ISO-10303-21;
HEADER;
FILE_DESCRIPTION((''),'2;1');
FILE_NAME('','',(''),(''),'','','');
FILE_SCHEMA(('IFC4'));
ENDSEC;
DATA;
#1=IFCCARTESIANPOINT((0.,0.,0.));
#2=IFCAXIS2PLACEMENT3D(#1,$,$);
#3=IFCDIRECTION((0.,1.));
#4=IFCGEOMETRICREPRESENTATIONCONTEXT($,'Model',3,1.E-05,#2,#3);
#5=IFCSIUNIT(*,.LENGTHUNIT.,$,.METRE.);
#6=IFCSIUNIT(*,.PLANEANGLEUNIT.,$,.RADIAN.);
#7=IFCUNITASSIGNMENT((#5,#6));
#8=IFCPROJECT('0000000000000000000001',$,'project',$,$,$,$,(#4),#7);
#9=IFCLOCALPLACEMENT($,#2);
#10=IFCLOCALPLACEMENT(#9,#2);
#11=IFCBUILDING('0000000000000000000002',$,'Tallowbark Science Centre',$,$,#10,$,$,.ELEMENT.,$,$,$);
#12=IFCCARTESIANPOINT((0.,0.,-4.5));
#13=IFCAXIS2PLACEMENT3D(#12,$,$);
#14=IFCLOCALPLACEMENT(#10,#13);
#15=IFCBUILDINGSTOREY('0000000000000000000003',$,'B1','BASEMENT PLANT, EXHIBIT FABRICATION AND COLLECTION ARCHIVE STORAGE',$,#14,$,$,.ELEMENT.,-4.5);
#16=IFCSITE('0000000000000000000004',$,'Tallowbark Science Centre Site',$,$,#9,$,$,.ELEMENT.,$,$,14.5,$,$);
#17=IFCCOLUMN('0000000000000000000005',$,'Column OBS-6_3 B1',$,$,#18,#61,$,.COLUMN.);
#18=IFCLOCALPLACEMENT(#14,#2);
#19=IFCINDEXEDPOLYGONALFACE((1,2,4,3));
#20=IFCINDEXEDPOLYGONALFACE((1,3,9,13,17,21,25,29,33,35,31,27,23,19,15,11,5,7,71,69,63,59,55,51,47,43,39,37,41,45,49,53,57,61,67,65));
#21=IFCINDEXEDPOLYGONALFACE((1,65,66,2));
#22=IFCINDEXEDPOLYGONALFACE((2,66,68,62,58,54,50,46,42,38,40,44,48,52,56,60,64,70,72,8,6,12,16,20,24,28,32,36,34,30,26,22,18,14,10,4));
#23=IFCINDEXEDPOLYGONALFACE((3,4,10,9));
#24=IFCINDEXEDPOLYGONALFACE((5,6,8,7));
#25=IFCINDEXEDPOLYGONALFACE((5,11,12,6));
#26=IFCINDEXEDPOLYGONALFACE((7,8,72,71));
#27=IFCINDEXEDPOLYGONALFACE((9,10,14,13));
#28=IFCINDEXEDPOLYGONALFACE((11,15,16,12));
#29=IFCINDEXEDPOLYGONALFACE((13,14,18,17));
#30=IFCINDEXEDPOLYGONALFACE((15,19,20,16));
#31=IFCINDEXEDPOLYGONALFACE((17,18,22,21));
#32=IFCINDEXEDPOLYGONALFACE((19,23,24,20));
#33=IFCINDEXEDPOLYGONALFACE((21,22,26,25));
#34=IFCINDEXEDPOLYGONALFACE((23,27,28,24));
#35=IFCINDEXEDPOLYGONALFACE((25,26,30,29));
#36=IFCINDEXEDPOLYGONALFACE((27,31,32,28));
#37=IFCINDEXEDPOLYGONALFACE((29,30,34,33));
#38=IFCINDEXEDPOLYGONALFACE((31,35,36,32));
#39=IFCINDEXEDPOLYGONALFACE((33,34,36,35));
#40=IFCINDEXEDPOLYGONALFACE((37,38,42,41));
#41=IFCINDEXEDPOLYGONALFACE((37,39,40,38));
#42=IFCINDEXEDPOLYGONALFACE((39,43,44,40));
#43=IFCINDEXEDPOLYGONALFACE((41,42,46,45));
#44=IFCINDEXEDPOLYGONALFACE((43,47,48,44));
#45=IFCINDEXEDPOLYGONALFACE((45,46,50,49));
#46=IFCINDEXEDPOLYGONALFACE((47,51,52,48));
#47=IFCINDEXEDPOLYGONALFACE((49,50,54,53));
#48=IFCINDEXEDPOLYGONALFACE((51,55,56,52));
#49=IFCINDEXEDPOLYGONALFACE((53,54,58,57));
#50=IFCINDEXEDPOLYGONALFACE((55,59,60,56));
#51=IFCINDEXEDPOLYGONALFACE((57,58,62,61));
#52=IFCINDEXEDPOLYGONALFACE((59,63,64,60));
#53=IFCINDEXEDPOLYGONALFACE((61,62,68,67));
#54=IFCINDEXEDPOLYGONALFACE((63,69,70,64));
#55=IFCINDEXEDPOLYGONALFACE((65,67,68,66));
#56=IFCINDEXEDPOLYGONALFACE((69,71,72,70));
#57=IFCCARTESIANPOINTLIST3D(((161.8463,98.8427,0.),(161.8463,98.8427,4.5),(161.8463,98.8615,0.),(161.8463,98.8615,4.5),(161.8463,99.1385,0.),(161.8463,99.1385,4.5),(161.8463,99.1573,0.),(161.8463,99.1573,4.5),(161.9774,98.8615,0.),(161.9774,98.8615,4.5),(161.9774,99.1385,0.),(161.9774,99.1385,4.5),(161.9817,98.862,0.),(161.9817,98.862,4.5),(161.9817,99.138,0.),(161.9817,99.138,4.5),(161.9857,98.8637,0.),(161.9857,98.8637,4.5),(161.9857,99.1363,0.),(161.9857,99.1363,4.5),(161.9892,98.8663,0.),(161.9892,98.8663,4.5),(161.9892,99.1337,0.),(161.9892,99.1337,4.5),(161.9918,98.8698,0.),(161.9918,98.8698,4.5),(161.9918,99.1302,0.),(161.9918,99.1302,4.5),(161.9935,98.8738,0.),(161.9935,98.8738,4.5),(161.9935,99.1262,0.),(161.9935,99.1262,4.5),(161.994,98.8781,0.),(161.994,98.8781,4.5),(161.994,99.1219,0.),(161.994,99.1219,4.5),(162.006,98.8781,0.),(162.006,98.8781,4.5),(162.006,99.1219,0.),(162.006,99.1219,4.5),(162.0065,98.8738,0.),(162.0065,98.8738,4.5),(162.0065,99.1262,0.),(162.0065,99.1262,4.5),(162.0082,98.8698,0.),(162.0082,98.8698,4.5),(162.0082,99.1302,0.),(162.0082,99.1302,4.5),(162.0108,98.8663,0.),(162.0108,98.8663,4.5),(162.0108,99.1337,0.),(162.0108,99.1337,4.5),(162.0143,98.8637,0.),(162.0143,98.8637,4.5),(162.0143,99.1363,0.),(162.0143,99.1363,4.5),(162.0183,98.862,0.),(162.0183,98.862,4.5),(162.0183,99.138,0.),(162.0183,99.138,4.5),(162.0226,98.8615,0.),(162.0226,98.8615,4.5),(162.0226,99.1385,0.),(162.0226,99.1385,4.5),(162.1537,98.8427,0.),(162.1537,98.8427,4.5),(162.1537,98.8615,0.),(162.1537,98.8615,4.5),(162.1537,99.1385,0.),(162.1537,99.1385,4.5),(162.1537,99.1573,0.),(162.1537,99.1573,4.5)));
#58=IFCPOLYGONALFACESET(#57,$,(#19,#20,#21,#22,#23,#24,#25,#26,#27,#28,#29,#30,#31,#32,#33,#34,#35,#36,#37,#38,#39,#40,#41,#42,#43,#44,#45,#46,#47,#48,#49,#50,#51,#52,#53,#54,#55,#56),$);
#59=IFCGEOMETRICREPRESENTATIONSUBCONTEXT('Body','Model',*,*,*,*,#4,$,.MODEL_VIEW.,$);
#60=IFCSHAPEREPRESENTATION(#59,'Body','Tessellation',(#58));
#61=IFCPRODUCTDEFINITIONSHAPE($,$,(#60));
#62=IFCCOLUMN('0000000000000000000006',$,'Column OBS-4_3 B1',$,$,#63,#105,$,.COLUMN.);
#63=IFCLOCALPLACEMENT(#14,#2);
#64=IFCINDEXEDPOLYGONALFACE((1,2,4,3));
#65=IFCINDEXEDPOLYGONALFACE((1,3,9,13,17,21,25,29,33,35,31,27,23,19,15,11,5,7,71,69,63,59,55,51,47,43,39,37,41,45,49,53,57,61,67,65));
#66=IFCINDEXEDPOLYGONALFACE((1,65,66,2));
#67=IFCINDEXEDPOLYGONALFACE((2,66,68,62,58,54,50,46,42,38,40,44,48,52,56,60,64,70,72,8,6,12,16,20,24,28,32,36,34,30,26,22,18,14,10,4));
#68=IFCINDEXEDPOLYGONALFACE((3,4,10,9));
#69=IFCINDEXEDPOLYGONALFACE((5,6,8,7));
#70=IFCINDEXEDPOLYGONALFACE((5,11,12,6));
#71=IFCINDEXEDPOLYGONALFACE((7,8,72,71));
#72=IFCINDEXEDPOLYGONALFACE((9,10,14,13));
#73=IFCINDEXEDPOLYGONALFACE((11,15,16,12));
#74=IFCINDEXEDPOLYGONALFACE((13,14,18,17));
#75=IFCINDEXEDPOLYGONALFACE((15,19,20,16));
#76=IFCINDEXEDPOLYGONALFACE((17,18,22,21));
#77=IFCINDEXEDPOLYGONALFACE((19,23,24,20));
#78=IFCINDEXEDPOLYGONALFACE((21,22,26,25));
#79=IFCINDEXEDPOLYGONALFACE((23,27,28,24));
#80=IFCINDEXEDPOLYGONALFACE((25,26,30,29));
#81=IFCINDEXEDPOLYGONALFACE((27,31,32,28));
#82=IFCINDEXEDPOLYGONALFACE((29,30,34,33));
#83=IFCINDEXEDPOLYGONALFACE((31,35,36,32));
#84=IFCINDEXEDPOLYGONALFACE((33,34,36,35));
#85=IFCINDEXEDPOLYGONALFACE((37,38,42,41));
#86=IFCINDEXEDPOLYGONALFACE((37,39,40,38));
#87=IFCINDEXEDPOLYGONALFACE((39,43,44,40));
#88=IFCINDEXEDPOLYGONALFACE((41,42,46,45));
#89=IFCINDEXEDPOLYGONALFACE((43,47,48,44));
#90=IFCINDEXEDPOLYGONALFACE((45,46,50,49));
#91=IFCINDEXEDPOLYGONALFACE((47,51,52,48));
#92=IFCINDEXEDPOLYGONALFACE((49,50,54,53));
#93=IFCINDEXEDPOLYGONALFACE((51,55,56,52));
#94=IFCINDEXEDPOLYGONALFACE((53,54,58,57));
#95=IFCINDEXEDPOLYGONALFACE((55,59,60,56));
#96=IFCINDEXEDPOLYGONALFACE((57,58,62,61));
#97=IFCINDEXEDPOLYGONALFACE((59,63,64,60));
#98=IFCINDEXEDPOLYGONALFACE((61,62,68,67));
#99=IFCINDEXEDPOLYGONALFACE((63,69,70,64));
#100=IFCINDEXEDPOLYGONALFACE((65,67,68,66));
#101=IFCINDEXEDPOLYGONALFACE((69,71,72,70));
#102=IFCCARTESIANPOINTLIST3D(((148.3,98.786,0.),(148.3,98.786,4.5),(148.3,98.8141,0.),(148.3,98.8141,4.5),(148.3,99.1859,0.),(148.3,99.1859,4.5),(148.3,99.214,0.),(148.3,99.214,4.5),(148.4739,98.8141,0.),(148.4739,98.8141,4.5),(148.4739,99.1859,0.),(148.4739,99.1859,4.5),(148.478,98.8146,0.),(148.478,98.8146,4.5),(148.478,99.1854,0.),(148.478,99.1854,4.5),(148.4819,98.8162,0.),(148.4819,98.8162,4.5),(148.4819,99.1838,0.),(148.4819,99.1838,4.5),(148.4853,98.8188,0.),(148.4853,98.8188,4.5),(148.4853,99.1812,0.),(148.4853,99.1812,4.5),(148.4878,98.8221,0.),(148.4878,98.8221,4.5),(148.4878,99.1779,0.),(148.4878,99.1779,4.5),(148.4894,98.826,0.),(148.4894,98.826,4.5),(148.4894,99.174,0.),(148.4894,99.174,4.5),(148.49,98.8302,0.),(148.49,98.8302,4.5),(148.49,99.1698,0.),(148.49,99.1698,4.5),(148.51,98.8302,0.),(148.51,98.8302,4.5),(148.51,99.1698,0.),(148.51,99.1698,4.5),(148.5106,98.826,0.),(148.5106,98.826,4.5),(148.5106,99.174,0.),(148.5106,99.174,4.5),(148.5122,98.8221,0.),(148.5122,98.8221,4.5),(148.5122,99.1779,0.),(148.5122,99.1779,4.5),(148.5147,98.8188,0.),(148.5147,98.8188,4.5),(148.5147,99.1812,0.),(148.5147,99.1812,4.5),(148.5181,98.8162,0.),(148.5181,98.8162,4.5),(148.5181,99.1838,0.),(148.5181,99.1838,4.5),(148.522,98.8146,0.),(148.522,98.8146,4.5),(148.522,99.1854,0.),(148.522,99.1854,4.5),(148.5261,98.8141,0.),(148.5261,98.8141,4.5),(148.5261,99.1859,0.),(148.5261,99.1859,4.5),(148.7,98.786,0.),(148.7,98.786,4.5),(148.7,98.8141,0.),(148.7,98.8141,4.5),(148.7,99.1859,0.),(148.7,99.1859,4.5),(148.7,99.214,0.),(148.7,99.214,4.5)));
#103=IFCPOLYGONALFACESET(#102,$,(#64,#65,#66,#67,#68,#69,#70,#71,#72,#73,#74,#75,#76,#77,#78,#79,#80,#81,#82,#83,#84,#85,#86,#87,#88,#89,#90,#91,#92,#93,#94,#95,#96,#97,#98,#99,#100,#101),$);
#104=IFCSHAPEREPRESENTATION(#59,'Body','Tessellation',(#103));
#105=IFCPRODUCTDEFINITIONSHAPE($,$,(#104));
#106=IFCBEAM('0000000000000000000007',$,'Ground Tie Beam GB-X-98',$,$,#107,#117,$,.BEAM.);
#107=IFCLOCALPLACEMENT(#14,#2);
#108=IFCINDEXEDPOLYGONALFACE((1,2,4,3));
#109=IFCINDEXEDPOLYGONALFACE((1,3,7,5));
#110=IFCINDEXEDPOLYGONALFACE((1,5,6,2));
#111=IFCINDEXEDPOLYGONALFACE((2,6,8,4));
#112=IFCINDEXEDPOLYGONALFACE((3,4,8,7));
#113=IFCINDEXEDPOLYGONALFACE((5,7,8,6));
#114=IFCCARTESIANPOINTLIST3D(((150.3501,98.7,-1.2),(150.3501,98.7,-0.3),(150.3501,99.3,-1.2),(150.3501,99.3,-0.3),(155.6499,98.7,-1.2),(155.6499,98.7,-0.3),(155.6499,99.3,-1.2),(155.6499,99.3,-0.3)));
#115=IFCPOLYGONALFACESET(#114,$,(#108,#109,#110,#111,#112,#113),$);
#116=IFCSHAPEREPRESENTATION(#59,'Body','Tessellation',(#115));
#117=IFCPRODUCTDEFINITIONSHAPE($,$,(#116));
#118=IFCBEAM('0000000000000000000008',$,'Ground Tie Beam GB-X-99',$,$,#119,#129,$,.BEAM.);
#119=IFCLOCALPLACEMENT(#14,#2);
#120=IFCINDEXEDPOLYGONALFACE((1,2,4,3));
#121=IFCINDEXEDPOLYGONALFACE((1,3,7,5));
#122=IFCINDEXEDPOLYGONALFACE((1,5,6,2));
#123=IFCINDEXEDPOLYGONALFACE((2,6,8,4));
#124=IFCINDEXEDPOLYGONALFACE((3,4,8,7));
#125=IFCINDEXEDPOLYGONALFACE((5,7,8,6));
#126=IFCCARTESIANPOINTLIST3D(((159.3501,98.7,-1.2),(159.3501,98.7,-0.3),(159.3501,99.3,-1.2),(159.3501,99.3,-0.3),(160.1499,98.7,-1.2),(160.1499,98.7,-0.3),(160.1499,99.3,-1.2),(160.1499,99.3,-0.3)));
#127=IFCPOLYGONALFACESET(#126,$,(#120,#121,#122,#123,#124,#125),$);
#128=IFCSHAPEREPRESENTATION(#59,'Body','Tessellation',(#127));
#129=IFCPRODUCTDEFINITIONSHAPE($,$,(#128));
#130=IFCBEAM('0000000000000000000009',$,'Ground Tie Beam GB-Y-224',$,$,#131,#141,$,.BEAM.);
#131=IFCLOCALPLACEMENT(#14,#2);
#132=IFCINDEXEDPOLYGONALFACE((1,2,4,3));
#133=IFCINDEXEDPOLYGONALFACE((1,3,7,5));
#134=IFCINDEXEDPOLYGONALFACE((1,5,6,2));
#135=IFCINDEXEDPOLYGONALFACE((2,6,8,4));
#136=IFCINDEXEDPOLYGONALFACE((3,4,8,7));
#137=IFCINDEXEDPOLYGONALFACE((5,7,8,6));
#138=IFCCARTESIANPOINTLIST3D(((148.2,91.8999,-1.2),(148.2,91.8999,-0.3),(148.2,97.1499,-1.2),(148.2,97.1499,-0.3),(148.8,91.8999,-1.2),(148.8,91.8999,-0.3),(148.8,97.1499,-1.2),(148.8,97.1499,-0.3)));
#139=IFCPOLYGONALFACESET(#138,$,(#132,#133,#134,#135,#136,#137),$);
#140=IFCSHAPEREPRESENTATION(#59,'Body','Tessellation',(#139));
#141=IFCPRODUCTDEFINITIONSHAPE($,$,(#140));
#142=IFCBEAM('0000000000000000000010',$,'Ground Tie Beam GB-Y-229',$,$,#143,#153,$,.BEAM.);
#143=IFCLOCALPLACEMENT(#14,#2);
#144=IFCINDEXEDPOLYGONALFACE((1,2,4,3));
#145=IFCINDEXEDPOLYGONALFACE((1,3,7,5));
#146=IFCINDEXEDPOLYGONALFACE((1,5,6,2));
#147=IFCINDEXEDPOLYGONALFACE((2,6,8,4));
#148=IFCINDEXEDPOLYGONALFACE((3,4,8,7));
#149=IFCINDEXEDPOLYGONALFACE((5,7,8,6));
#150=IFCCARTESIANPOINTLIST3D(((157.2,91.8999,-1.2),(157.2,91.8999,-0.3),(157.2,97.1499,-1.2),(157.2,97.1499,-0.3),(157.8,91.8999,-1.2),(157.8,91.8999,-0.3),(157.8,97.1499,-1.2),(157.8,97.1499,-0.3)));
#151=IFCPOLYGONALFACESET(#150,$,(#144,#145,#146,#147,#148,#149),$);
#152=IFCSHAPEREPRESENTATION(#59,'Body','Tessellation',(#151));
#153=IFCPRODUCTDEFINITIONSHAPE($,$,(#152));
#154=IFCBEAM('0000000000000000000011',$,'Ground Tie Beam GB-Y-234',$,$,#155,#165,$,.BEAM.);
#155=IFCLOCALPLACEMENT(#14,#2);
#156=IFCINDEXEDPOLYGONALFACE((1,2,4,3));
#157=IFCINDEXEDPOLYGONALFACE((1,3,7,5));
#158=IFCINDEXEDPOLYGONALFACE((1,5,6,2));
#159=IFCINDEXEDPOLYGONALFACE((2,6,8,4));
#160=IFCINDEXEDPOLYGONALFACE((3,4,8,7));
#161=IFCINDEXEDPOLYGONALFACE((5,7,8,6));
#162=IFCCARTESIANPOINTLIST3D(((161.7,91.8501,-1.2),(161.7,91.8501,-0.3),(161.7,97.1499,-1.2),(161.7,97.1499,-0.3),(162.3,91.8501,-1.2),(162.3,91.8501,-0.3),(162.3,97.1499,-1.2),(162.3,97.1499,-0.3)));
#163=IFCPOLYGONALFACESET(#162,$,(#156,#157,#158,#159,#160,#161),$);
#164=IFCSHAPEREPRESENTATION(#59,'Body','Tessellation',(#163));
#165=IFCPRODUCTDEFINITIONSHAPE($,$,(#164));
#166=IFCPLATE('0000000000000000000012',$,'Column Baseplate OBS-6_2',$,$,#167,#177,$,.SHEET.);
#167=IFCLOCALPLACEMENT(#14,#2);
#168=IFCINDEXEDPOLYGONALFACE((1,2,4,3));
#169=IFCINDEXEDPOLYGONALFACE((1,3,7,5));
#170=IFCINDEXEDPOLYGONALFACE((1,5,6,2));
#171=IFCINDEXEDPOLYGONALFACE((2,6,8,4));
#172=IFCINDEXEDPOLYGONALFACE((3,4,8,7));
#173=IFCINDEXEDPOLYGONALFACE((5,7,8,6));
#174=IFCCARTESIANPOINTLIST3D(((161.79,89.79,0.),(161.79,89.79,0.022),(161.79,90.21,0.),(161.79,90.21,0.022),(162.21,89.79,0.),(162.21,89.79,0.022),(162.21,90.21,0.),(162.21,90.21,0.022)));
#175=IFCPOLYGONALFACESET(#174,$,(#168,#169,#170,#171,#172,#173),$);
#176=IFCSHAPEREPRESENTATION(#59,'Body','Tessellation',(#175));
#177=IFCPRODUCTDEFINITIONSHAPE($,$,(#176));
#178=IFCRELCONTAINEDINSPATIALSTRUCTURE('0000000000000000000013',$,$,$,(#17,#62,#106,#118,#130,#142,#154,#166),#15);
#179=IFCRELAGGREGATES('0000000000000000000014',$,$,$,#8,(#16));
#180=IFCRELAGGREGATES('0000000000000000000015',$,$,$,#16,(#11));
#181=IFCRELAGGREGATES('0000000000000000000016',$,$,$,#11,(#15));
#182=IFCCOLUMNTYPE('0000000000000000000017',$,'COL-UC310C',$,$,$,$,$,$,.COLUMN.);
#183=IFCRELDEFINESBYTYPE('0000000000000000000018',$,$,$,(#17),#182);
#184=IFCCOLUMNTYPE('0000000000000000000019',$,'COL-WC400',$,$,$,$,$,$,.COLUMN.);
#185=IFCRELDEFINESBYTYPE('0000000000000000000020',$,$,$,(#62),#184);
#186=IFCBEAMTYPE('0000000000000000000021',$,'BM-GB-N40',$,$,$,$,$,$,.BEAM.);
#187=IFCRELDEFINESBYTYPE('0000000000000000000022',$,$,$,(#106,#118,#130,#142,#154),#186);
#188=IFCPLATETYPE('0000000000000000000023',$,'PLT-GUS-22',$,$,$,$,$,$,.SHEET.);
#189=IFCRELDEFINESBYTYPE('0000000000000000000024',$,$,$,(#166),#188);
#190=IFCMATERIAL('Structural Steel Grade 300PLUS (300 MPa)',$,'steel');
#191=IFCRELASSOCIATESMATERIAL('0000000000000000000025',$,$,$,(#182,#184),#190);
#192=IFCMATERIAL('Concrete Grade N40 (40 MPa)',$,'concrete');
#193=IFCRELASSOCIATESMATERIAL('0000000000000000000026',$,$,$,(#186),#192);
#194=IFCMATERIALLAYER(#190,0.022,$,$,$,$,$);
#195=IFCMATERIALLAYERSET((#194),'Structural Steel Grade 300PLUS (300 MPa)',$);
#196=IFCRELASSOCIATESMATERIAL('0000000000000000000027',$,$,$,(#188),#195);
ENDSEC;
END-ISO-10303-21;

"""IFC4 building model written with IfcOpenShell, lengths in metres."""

from ifc_helpers import new_model, si_unit, direction, frame, origin, origin_2d, place, context, subcontext, project, spatial, rectangle, i_section, extrude, material, layer, layer_set, material_profile, profile_set, type_object, element, save


model = new_model("IFC4")

# Units and contexts
model_context = context("Model", 3, precision=1e-05, world=origin(), true_north=direction((0.0, 1.0)))
body_context = subcontext(model_context, "Body", "Model", "MODEL_VIEW")
ifc_project = project(units=[si_unit("LENGTHUNIT", "METRE"), si_unit("PLANEANGLEUNIT", "RADIAN")], contexts=[model_context])

# Site, building, storey
site_placement = place(None, origin())
site = spatial("IfcSite", under=ifc_project, at=site_placement, Name="Tallowbark Science Centre Site", CompositionType="ELEMENT", RefElevation=14.5)
building_placement = place(site_placement, origin())
building = spatial("IfcBuilding", under=site, at=building_placement, Name="Tallowbark Science Centre", CompositionType="ELEMENT")
storey_placement = place(building_placement, frame((0.0, 0.0, -4.5)))
storey = spatial("IfcBuildingStorey", under=building, at=storey_placement, Name="B1", Description="BASEMENT PLANT, EXHIBIT FABRICATION AND COLLECTION ARCHIVE STORAGE", CompositionType="ELEMENT", Elevation=-4.5)

# Shared definitions
ifc_material_1 = material(Name="Concrete Grade N40 (40 MPa)", Category="concrete")

# Columns
ifc_material_2 = material(Name="Structural Steel Grade 300PLUS (300 MPa)", Category="steel")
ifc_material_profile_1 = material_profile(ifc_material_2, i_section(OverallWidth=0.3074, OverallDepth=0.3147, WebThickness=0.012, FlangeThickness=0.0188, FilletRadius=0.0166, at=origin_2d()), Name="310UC118")
ifc_profile_set_1 = profile_set([ifc_material_profile_1], Name="Structural Steel Grade 300PLUS (300 MPa)")
column_type_1 = type_object("IfcColumnType", Name="COL-UC310C", PredefinedType="COLUMN", material=ifc_profile_set_1)
for number, where, z_axis, x_axis, name in (
    (1, (162.0, 99.0, 0.0), (0.0, 0.0, 1.0), (1.0, 0.0, 0.0), "Column OBS-6_3 B1"),
):
    element("IfcColumn", number, at=place(storey_placement, frame(where, z_axis=z_axis, x_axis=x_axis)), inside=storey, type_object=column_type_1, Name=name, PredefinedType="COLUMN", context=body_context, shape_type="SweptSolid", body=[
        extrude(i_section(OverallWidth=0.3074, OverallDepth=0.3147, WebThickness=0.012, FlangeThickness=0.0188, FilletRadius=0.0166, at=origin_2d()), origin(), (0.0, 0.0, 1.0), 4.5),
    ])
ifc_material_profile_2 = material_profile(ifc_material_2, i_section(OverallWidth=0.3999, OverallDepth=0.428, WebThickness=0.02, FlangeThickness=0.0281, FilletRadius=0.0161, at=origin_2d()), Name="400WC270")
ifc_profile_set_2 = profile_set([ifc_material_profile_2], Name="Structural Steel Grade 300PLUS (300 MPa)")
column_type_2 = type_object("IfcColumnType", Name="COL-WC400", PredefinedType="COLUMN", material=ifc_profile_set_2)
column_1_placement = place(storey_placement, frame((148.5, 99.0, 0.0), z_axis=(0.0, 0.0, 1.0), x_axis=(1.0, 0.0, 0.0)))
element("IfcColumn", 2, at=column_1_placement, inside=storey, type_object=column_type_2, Name="Column OBS-4_3 B1", PredefinedType="COLUMN", context=body_context, shape_type="SweptSolid", body=[
    extrude(i_section(OverallWidth=0.3999, OverallDepth=0.428, WebThickness=0.02, FlangeThickness=0.0281, FilletRadius=0.0161, at=origin_2d()), origin(), (0.0, 0.0, 1.0), 4.5),
])

# Beams
ifc_material_profile_3 = material_profile(ifc_material_1, rectangle(XDim=0.6001, YDim=0.8999, at=origin_2d()), Name="RC600x900")
ifc_profile_set_3 = profile_set([ifc_material_profile_3], Name="Concrete Grade N40 (40 MPa)")
beam_type = type_object("IfcBeamType", Name="BM-GB-N40", PredefinedType="BEAM", material=ifc_profile_set_3)
beam_1_placement = place(storey_placement, frame((150.3501, 99.0, -0.75), z_axis=(1.0, 0.0, 0.0), x_axis=(0.0, 1.0, 0.0)))
element("IfcBeam", 3, at=beam_1_placement, inside=storey, type_object=beam_type, Name="Ground Tie Beam GB-X-98", PredefinedType="BEAM", context=body_context, shape_type="SweptSolid", body=[
    extrude(rectangle(XDim=0.6001, YDim=0.8999, at=origin_2d()), origin(), (0.0, 0.0, 1.0), 5.2998),
])
beam_2_placement = place(storey_placement, frame((159.3501, 99.0, -0.75), z_axis=(1.0, 0.0, 0.0), x_axis=(0.0, 1.0, 0.0)))
element("IfcBeam", 4, at=beam_2_placement, inside=storey, type_object=beam_type, Name="Ground Tie Beam GB-X-99", PredefinedType="BEAM", context=body_context, shape_type="SweptSolid", body=[
    extrude(rectangle(XDim=0.6001, YDim=0.8999, at=origin_2d()), origin(), (0.0, 0.0, 1.0), 0.7998),
])
for number, where, z_axis, x_axis, name in (
    (5, (148.5, 91.8999, -0.75), (0.0, 1.0, 0.0), (-1.0, 0.0, 0.0), "Ground Tie Beam GB-Y-224"),
    (6, (157.5, 91.8999, -0.75), (0.0, 1.0, 0.0), (-1.0, 0.0, 0.0), "Ground Tie Beam GB-Y-229"),
):
    element("IfcBeam", number, at=place(storey_placement, frame(where, z_axis=z_axis, x_axis=x_axis)), inside=storey, type_object=beam_type, Name=name, PredefinedType="BEAM", context=body_context, shape_type="SweptSolid", body=[
        extrude(rectangle(XDim=0.6001, YDim=0.8999, at=origin_2d()), origin(), (0.0, 0.0, 1.0), 5.25),
    ])
beam_3_placement = place(storey_placement, frame((162.0, 91.8501, -0.75), z_axis=(0.0, 1.0, 0.0), x_axis=(-1.0, 0.0, 0.0)))
element("IfcBeam", 7, at=beam_3_placement, inside=storey, type_object=beam_type, Name="Ground Tie Beam GB-Y-234", PredefinedType="BEAM", context=body_context, shape_type="SweptSolid", body=[
    extrude(rectangle(XDim=0.6001, YDim=0.8999, at=origin_2d()), origin(), (0.0, 0.0, 1.0), 5.2998),
])

# Plate
ifc_layer = layer(ifc_material_2, 0.022)
ifc_layer_set = layer_set([ifc_layer], Name="Structural Steel Grade 300PLUS (300 MPa)")
plate_type = type_object("IfcPlateType", Name="PLT-GUS-22", PredefinedType="SHEET", material=ifc_layer_set)
plate_placement = place(storey_placement, frame((162.0, 90.0, 0.0), z_axis=(0.0, 0.0, 1.0), x_axis=(1.0, 0.0, 0.0)))
element("IfcPlate", 8, at=plate_placement, inside=storey, type_object=plate_type, Name="Column Baseplate OBS-6_2", PredefinedType="SHEET", context=body_context, shape_type="SweptSolid", body=[
    extrude(rectangle(XDim=0.4199, YDim=0.4199, at=origin_2d()), origin(), (0.0, 0.0, 1.0), 0.022),
])

save(model, "model.ifc")
